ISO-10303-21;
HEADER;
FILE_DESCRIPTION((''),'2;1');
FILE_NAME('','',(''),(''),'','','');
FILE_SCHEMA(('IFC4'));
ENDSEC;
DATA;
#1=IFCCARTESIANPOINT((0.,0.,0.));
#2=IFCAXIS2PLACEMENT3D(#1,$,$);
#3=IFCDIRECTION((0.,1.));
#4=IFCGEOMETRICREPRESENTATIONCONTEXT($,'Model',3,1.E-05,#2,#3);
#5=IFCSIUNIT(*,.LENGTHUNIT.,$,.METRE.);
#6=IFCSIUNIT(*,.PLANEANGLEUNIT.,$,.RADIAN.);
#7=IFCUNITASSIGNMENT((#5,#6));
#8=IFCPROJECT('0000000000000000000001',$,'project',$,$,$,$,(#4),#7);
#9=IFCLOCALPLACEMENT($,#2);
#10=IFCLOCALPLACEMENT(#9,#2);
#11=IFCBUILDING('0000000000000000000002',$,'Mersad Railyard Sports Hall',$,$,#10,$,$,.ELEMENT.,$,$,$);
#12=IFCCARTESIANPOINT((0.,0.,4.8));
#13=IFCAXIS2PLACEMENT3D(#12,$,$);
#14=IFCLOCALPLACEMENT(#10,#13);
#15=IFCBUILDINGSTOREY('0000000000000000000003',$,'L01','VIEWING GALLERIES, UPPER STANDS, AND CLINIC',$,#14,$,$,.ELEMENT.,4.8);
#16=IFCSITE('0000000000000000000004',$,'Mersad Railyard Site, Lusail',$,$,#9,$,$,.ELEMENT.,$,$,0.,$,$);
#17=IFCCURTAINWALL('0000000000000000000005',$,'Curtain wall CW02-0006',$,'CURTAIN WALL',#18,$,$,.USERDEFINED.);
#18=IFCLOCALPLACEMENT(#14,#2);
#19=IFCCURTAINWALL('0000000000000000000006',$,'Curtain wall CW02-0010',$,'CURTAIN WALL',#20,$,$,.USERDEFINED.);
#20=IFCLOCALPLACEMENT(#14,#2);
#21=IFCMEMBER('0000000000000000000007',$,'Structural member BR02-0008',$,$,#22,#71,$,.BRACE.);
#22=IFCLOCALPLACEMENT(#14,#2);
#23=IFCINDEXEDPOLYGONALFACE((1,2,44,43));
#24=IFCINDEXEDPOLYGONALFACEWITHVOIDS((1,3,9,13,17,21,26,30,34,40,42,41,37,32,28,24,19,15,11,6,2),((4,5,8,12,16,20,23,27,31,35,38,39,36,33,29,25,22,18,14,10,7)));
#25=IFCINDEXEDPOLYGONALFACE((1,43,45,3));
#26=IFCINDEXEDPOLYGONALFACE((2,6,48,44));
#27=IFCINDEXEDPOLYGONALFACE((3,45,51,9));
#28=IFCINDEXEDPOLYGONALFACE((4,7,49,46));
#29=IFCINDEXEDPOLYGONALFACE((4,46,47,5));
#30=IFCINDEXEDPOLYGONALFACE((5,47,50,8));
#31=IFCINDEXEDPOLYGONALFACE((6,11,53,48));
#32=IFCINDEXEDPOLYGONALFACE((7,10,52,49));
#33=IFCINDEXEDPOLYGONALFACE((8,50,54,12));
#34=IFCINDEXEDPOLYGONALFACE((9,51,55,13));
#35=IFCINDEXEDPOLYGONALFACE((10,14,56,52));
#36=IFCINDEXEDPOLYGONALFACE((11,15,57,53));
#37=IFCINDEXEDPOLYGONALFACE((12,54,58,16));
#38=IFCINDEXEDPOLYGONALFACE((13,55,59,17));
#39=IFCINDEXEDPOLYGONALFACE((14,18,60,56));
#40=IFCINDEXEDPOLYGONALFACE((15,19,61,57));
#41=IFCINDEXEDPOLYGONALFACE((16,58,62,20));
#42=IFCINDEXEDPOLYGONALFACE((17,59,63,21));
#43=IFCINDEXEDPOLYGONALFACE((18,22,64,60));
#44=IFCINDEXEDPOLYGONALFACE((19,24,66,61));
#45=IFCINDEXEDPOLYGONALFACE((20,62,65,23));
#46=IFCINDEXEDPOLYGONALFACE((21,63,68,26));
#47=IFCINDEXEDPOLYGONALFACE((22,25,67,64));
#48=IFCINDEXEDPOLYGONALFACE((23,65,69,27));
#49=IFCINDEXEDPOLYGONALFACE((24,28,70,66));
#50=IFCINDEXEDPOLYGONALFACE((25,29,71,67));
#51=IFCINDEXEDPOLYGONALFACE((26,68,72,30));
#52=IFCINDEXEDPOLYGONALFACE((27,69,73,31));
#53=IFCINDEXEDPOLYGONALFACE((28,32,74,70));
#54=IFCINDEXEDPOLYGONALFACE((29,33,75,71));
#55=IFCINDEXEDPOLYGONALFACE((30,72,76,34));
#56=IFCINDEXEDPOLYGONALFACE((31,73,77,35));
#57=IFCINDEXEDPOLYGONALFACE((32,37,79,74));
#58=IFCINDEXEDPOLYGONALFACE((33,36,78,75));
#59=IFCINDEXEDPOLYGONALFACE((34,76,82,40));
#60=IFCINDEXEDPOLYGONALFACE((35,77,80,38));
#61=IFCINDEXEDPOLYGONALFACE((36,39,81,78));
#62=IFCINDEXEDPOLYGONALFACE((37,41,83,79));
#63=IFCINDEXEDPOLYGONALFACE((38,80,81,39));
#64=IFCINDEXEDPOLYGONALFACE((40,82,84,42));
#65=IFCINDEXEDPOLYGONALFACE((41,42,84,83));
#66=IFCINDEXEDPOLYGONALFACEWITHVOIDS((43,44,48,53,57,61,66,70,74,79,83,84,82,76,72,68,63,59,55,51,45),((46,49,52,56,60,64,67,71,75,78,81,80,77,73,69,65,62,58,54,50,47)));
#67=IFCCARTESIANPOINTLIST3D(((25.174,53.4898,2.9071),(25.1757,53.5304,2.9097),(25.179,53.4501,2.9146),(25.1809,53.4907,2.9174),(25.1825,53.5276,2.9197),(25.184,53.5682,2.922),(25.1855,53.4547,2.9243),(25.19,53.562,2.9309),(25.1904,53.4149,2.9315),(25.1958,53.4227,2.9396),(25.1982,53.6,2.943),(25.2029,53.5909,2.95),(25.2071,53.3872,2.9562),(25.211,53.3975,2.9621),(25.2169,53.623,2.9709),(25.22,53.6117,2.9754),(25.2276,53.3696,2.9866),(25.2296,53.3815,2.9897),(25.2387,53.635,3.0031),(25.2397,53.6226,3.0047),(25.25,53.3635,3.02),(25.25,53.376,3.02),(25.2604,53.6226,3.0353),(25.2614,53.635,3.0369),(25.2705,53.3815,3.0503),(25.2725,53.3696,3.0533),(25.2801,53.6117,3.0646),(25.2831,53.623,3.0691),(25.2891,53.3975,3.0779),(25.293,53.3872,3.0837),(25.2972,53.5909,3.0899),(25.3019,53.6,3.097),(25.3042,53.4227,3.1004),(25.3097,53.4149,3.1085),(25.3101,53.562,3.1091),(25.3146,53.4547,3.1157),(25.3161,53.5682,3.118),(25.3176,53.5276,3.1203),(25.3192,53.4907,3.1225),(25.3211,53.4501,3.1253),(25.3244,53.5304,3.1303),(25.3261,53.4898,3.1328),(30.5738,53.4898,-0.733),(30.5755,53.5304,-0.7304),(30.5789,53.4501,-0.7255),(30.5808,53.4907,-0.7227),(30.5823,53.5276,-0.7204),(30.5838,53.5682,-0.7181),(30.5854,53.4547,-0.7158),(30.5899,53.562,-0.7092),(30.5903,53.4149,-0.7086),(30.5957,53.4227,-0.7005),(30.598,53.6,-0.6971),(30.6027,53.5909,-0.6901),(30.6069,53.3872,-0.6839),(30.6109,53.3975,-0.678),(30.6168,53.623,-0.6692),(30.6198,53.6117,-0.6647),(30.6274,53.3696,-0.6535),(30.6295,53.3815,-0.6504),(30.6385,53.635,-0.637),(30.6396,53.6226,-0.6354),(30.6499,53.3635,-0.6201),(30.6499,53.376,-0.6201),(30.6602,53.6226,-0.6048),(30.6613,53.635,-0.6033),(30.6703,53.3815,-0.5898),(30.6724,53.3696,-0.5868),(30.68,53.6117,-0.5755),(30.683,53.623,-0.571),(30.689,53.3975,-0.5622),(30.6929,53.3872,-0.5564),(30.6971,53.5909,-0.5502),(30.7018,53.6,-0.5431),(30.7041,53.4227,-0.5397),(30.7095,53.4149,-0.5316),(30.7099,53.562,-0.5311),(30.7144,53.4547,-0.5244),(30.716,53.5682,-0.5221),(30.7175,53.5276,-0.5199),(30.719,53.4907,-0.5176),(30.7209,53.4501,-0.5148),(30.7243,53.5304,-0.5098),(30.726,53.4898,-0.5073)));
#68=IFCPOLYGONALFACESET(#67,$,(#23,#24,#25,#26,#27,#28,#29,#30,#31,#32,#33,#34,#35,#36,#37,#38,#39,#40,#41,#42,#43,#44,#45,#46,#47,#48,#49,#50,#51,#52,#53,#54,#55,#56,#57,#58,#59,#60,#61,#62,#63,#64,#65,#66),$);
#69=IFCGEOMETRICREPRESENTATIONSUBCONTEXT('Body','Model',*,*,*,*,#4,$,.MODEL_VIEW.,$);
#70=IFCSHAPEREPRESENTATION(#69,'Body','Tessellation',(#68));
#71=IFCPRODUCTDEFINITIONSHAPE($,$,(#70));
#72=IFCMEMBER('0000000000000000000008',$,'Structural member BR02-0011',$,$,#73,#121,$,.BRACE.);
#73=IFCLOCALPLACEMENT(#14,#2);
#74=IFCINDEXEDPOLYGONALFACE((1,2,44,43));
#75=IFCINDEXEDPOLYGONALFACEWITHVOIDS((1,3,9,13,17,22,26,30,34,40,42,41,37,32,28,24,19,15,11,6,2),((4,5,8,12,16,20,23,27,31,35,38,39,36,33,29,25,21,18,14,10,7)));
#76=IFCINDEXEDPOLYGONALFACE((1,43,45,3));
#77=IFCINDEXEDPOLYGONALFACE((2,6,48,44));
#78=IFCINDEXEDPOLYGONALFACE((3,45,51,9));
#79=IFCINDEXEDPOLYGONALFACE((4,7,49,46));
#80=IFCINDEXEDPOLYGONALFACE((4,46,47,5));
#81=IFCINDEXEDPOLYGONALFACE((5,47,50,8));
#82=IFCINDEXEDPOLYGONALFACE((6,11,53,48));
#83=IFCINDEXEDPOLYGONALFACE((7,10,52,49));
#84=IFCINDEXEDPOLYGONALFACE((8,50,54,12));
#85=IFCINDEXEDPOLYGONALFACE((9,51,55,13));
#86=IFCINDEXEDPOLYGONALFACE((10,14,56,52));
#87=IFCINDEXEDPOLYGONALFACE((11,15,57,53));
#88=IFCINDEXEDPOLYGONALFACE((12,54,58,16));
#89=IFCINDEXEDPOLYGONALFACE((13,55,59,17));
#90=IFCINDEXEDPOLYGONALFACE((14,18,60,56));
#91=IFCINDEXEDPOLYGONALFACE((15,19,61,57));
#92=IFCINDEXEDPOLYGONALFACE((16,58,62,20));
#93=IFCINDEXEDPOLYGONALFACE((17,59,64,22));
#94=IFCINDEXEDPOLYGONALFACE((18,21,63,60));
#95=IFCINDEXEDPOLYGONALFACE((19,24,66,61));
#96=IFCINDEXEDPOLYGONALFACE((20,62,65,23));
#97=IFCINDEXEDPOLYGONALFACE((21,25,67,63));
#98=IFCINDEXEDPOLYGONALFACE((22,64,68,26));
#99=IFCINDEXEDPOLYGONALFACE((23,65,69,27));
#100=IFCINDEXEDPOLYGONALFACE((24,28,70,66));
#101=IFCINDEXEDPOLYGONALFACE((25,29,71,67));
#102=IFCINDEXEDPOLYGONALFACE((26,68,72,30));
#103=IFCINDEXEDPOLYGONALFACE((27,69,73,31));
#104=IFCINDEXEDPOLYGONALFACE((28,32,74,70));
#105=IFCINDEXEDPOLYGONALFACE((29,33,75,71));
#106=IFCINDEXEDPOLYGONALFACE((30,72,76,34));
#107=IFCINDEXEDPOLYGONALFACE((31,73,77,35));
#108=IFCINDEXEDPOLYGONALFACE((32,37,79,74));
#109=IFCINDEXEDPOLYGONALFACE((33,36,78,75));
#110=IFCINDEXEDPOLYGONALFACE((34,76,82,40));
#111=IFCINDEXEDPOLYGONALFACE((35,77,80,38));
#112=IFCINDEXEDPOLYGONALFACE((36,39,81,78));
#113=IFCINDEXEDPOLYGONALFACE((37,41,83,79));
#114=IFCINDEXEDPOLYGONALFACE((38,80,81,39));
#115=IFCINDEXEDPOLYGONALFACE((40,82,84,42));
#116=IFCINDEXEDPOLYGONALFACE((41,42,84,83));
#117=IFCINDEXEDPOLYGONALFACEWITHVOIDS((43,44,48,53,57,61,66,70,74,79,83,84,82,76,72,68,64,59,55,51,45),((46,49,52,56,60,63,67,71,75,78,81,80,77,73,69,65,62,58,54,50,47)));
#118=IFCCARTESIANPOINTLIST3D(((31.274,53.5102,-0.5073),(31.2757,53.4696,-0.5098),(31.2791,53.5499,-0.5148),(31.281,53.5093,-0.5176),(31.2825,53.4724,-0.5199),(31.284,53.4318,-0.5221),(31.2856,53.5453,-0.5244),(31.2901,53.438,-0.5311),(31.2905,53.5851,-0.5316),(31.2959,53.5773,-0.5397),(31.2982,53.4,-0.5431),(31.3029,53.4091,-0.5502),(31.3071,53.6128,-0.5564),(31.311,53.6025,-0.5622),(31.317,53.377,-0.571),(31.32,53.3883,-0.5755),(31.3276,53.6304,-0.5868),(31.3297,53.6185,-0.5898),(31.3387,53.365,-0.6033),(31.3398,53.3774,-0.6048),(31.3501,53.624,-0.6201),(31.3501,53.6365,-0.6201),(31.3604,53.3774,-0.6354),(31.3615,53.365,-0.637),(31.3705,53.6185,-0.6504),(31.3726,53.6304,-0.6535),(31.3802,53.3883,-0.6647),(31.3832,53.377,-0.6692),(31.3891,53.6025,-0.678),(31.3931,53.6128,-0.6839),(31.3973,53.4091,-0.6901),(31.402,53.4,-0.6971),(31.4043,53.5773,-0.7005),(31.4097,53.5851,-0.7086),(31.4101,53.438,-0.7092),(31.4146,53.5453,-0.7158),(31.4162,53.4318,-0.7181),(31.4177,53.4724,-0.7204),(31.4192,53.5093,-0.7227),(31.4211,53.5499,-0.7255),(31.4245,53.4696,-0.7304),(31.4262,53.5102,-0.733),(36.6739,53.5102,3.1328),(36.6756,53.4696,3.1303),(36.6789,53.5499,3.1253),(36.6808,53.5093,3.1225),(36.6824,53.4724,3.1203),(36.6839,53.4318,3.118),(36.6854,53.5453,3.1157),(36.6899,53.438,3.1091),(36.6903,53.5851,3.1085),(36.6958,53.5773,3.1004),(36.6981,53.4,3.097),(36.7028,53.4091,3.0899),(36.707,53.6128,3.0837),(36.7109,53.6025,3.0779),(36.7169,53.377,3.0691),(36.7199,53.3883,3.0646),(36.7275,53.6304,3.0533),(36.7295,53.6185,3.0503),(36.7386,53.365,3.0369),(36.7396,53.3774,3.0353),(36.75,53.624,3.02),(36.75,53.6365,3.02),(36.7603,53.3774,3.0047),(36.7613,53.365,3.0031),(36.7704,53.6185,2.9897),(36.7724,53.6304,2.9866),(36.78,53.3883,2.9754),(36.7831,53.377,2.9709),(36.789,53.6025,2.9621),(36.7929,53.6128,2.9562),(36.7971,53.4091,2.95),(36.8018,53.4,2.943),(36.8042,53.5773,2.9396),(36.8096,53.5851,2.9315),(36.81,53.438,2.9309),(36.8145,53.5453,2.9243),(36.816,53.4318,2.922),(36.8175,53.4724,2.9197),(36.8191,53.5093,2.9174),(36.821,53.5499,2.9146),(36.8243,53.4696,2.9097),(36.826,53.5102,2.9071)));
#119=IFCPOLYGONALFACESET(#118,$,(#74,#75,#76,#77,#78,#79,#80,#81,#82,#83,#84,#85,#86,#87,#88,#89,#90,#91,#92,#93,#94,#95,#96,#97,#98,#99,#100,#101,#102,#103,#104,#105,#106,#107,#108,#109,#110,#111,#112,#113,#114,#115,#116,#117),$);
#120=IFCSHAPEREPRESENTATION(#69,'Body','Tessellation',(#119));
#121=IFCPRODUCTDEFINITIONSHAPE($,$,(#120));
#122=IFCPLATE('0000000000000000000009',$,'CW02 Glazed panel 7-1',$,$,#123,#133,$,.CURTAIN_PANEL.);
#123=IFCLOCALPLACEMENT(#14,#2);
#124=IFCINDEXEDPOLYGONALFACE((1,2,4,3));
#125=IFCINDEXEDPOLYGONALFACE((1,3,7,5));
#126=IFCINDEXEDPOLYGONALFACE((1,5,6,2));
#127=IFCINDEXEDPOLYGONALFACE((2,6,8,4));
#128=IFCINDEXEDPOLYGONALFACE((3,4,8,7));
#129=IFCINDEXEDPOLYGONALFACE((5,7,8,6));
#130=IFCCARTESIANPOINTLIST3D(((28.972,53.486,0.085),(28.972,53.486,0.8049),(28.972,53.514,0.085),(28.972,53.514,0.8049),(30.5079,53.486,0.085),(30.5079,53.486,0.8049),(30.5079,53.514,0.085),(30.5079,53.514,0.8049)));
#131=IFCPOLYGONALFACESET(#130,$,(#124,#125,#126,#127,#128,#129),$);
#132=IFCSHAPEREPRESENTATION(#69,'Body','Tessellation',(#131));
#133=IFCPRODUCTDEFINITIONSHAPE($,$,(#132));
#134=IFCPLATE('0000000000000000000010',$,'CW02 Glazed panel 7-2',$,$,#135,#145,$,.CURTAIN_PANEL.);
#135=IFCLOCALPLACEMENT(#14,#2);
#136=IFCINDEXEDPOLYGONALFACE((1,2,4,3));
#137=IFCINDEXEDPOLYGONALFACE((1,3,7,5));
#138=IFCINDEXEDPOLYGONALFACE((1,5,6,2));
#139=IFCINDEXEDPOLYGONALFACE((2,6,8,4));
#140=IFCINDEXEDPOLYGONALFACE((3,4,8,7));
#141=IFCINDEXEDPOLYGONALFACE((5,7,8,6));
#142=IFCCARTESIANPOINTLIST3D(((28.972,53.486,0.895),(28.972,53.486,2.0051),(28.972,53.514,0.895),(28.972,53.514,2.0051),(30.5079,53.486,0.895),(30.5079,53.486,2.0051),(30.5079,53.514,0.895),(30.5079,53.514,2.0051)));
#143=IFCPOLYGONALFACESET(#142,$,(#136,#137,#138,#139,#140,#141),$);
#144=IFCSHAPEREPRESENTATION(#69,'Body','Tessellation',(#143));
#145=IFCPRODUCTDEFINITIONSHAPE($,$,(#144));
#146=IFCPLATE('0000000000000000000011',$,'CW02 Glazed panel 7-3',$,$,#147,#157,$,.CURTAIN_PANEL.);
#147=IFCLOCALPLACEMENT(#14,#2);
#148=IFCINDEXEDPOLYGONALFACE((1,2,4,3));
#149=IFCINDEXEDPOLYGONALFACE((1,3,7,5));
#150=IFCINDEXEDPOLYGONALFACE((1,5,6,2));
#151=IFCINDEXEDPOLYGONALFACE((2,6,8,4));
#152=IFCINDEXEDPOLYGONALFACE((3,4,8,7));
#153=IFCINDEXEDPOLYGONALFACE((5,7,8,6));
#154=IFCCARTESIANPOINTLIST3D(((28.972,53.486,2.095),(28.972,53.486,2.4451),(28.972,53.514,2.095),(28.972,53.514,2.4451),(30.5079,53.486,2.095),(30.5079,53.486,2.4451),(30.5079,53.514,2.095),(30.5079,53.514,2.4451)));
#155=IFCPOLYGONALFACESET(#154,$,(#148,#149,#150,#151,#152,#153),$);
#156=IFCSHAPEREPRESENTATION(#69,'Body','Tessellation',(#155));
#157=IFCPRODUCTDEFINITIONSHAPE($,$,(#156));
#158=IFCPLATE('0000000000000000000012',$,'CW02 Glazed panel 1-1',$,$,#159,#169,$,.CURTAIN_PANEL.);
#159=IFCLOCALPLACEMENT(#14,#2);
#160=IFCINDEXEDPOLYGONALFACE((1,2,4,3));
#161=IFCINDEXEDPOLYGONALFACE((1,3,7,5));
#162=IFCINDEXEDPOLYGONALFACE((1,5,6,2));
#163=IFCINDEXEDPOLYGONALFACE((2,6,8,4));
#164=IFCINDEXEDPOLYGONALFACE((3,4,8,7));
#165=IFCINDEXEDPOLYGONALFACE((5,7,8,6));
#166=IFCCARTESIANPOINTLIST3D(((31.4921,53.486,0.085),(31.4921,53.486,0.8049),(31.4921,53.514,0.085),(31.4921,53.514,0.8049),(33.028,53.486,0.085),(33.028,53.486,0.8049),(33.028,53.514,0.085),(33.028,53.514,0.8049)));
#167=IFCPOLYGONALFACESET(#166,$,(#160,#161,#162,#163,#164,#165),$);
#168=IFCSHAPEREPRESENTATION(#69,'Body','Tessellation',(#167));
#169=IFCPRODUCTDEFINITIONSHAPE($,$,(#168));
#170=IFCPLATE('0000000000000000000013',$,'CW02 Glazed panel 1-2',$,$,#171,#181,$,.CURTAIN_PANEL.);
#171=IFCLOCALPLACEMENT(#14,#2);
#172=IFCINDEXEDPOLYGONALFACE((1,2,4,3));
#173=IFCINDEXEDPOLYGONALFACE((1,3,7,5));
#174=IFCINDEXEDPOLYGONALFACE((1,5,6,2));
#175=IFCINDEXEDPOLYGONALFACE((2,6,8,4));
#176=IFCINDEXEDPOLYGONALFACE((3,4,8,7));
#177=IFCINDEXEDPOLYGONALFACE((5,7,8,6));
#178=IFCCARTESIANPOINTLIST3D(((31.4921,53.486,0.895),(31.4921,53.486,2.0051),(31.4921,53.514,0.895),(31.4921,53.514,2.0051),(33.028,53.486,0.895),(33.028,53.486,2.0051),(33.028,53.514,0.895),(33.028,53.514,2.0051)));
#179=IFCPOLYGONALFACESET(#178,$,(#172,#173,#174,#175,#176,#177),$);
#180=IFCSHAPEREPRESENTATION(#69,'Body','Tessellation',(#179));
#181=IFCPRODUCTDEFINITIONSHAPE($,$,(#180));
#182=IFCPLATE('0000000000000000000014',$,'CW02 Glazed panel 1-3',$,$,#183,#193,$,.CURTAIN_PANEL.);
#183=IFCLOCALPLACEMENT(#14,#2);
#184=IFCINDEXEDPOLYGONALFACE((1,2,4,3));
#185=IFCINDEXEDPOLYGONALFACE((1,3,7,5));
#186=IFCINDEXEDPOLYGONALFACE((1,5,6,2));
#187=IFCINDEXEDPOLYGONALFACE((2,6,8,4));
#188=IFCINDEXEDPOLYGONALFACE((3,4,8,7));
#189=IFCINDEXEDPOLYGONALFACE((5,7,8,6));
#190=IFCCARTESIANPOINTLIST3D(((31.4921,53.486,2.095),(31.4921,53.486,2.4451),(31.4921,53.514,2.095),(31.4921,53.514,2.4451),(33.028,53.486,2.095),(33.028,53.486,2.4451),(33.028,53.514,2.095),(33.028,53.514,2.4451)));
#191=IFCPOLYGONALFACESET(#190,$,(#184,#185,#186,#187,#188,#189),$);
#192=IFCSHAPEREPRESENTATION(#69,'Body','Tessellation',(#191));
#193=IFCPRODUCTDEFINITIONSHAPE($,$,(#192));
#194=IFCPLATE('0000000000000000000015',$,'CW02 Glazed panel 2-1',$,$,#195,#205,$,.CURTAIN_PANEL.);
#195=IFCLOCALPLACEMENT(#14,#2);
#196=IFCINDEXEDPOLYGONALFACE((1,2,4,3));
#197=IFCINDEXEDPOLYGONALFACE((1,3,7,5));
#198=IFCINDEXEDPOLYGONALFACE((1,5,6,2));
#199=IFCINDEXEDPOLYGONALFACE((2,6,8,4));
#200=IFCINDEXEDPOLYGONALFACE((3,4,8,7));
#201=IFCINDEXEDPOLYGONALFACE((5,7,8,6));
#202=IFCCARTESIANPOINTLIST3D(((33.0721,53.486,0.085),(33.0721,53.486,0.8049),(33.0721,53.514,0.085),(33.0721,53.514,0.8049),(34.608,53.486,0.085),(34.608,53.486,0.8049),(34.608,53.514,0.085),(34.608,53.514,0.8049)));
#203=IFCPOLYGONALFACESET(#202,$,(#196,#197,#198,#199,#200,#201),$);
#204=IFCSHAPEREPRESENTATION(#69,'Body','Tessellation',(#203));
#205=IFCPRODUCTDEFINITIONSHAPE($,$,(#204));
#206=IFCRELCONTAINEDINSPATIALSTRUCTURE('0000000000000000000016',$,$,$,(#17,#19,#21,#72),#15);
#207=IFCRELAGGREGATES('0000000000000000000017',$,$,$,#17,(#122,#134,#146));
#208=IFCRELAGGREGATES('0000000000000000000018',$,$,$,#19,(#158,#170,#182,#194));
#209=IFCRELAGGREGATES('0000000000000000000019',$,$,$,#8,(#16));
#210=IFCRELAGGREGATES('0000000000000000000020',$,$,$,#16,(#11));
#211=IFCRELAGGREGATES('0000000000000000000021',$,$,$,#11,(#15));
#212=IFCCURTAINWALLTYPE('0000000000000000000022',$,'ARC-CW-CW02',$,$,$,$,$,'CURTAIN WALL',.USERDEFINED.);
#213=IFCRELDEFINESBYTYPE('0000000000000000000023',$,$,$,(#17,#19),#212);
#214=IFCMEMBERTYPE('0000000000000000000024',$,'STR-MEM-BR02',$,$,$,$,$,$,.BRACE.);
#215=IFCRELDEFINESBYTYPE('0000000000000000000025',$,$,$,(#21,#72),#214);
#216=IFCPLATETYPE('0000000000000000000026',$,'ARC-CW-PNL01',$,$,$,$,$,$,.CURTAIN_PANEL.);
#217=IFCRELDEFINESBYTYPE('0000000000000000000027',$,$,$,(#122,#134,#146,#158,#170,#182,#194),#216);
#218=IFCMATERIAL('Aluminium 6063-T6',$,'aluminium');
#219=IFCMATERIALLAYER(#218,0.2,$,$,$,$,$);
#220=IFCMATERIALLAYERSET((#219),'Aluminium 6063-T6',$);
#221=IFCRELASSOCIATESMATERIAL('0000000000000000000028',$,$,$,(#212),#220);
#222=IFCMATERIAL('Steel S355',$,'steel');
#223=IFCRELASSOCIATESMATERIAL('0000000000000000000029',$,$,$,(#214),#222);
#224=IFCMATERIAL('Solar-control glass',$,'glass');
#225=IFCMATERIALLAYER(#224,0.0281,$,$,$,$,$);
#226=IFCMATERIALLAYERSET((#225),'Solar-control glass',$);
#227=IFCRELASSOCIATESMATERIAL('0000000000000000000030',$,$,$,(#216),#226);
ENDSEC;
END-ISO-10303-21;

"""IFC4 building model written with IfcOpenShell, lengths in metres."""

from ifc_helpers import new_model, si_unit, direction, frame, origin, origin_2d, place, context, subcontext, project, spatial, rectangle, hollow_circle, extrude, material, layer, layer_set, material_profile, profile_set, type_object, element, aggregate, save


model = new_model("IFC4")

# Units and contexts
model_context = context("Model", 3, precision=1e-05, world=origin(), true_north=direction((0.0, 1.0)))
body_context = subcontext(model_context, "Body", "Model", "MODEL_VIEW")
ifc_project = project(units=[si_unit("LENGTHUNIT", "METRE"), si_unit("PLANEANGLEUNIT", "RADIAN")], contexts=[model_context])

# Site, building, storey
site_placement = place(None, origin())
site = spatial("IfcSite", under=ifc_project, at=site_placement, Name="Mersad Railyard Site, Lusail", CompositionType="ELEMENT", RefElevation=0.0)
building_placement = place(site_placement, origin())
building = spatial("IfcBuilding", under=site, at=building_placement, Name="Mersad Railyard Sports Hall", CompositionType="ELEMENT")
storey_placement = place(building_placement, frame((0.0, 0.0, 4.8)))
storey = spatial("IfcBuildingStorey", under=building, at=storey_placement, Name="L01", Description="VIEWING GALLERIES, UPPER STANDS, AND CLINIC", CompositionType="ELEMENT", Elevation=4.8)

# Curtain walls
ifc_material_1 = material(Name="Aluminium 6063-T6", Category="aluminium")
ifc_layer_1 = layer(ifc_material_1, 0.2)
ifc_layer_set_1 = layer_set([ifc_layer_1], Name="Aluminium 6063-T6")
curtain_wall_type = type_object("IfcCurtainWallType", Name="ARC-CW-CW02", ElementType="CURTAIN WALL", PredefinedType="USERDEFINED", material=ifc_layer_set_1)
curtain_wall_1_placement = place(storey_placement, origin())
curtain_wall_1 = element("IfcCurtainWall", 1, at=curtain_wall_1_placement, inside=storey, type_object=curtain_wall_type, Name="Curtain wall CW02-0006", ObjectType="CURTAIN WALL", PredefinedType="USERDEFINED")
curtain_wall_2_placement = place(storey_placement, origin())
curtain_wall_2 = element("IfcCurtainWall", 2, at=curtain_wall_2_placement, inside=storey, type_object=curtain_wall_type, Name="Curtain wall CW02-0010", ObjectType="CURTAIN WALL", PredefinedType="USERDEFINED")

# Members
ifc_material_2 = material(Name="Steel S355", Category="steel")
ifc_material_profile_1 = material_profile(ifc_material_2, hollow_circle(Radius=0.1365, WallThickness=0.0125, at=origin_2d()), Name="CHS 273x12.5")
ifc_profile_set_1 = profile_set([ifc_material_profile_1], Name="Steel S355")
member_type_1 = type_object("IfcMemberType", Name="STR-MEM-BR02", PredefinedType="BRACE", material=ifc_profile_set_1)
for number, where, z_axis, x_axis, name in (
    (3, (30.6499, 53.5, -0.6201), (-0.82919, 0.0, 0.558967), (0.0, -1.0, 0.0), "Structural member BR02-0008"),
    (4, (31.3501, 53.5, -0.6201), (0.82919, 0.0, 0.558967), (0.0, 1.0, 0.0), "Structural member BR02-0011"),
):
    element("IfcMember", number, at=place(storey_placement, frame(where, z_axis=z_axis, x_axis=x_axis)), inside=storey, type_object=member_type_1, Name=name, PredefinedType="BRACE", context=body_context, shape_type="SweptSolid", body=[
        extrude(hollow_circle(Radius=0.1365, WallThickness=0.0125, at=origin_2d()), origin(), (0.0, 0.0, 1.0), 6.5122),
    ])

# Plates
ifc_material_3 = material(Name="Solar-control glass", Category="glass")
ifc_layer_2 = layer(ifc_material_3, 0.0281)
ifc_layer_set_2 = layer_set([ifc_layer_2], Name="Solar-control glass")
plate_type_1 = type_object("IfcPlateType", Name="ARC-CW-PNL01", PredefinedType="CURTAIN_PANEL", material=ifc_layer_set_2)
plate_1_placement = place(storey_placement, frame((29.74, 53.5, 0.085), z_axis=(0.0, 0.0, 1.0), x_axis=(1.0, 0.0, 0.0)))
plate_1 = element("IfcPlate", 5, at=plate_1_placement, type_object=plate_type_1, Name="CW02 Glazed panel 7-1", PredefinedType="CURTAIN_PANEL", context=body_context, shape_type="SweptSolid", body=[
    extrude(rectangle(XDim=1.5359, YDim=0.0281, at=origin_2d()), origin(), (0.0, 0.0, 1.0), 0.72),
])
plate_2_placement = place(storey_placement, frame((29.74, 53.5, 0.895), z_axis=(0.0, 0.0, 1.0), x_axis=(1.0, 0.0, 0.0)))
plate_2 = element("IfcPlate", 6, at=plate_2_placement, type_object=plate_type_1, Name="CW02 Glazed panel 7-2", PredefinedType="CURTAIN_PANEL", context=body_context, shape_type="SweptSolid", body=[
    extrude(rectangle(XDim=1.5359, YDim=0.0281, at=origin_2d()), origin(), (0.0, 0.0, 1.0), 1.1101),
])
plate_3_placement = place(storey_placement, frame((29.74, 53.5, 2.095), z_axis=(0.0, 0.0, 1.0), x_axis=(1.0, 0.0, 0.0)))
plate_3 = element("IfcPlate", 7, at=plate_3_placement, type_object=plate_type_1, Name="CW02 Glazed panel 7-3", PredefinedType="CURTAIN_PANEL", context=body_context, shape_type="SweptSolid", body=[
    extrude(rectangle(XDim=1.5359, YDim=0.0281, at=origin_2d()), origin(), (0.0, 0.0, 1.0), 0.3501),
])
aggregate(curtain_wall_1, [plate_1, plate_2, plate_3])
plate_4_placement = place(storey_placement, frame((32.26, 53.5, 0.085), z_axis=(0.0, 0.0, 1.0), x_axis=(1.0, 0.0, 0.0)))
plate_4 = element("IfcPlate", 8, at=plate_4_placement, type_object=plate_type_1, Name="CW02 Glazed panel 1-1", PredefinedType="CURTAIN_PANEL", context=body_context, shape_type="SweptSolid", body=[
    extrude(rectangle(XDim=1.5359, YDim=0.0281, at=origin_2d()), origin(), (0.0, 0.0, 1.0), 0.72),
])
plate_5_placement = place(storey_placement, frame((32.26, 53.5, 0.895), z_axis=(0.0, 0.0, 1.0), x_axis=(1.0, 0.0, 0.0)))
plate_5 = element("IfcPlate", 9, at=plate_5_placement, type_object=plate_type_1, Name="CW02 Glazed panel 1-2", PredefinedType="CURTAIN_PANEL", context=body_context, shape_type="SweptSolid", body=[
    extrude(rectangle(XDim=1.5359, YDim=0.0281, at=origin_2d()), origin(), (0.0, 0.0, 1.0), 1.1101),
])
plate_6_placement = place(storey_placement, frame((32.26, 53.5, 2.095), z_axis=(0.0, 0.0, 1.0), x_axis=(1.0, 0.0, 0.0)))
plate_6 = element("IfcPlate", 10, at=plate_6_placement, type_object=plate_type_1, Name="CW02 Glazed panel 1-3", PredefinedType="CURTAIN_PANEL", context=body_context, shape_type="SweptSolid", body=[
    extrude(rectangle(XDim=1.5359, YDim=0.0281, at=origin_2d()), origin(), (0.0, 0.0, 1.0), 0.3501),
])
plate_7_placement = place(storey_placement, frame((33.8401, 53.5, 0.085), z_axis=(0.0, 0.0, 1.0), x_axis=(1.0, 0.0, 0.0)))
plate_7 = element("IfcPlate", 11, at=plate_7_placement, type_object=plate_type_1, Name="CW02 Glazed panel 2-1", PredefinedType="CURTAIN_PANEL", context=body_context, shape_type="SweptSolid", body=[
    extrude(rectangle(XDim=1.5359, YDim=0.0281, at=origin_2d()), origin(), (0.0, 0.0, 1.0), 0.72),
])
aggregate(curtain_wall_2, [plate_4, plate_5, plate_6, plate_7])

save(model, "model.ifc")
